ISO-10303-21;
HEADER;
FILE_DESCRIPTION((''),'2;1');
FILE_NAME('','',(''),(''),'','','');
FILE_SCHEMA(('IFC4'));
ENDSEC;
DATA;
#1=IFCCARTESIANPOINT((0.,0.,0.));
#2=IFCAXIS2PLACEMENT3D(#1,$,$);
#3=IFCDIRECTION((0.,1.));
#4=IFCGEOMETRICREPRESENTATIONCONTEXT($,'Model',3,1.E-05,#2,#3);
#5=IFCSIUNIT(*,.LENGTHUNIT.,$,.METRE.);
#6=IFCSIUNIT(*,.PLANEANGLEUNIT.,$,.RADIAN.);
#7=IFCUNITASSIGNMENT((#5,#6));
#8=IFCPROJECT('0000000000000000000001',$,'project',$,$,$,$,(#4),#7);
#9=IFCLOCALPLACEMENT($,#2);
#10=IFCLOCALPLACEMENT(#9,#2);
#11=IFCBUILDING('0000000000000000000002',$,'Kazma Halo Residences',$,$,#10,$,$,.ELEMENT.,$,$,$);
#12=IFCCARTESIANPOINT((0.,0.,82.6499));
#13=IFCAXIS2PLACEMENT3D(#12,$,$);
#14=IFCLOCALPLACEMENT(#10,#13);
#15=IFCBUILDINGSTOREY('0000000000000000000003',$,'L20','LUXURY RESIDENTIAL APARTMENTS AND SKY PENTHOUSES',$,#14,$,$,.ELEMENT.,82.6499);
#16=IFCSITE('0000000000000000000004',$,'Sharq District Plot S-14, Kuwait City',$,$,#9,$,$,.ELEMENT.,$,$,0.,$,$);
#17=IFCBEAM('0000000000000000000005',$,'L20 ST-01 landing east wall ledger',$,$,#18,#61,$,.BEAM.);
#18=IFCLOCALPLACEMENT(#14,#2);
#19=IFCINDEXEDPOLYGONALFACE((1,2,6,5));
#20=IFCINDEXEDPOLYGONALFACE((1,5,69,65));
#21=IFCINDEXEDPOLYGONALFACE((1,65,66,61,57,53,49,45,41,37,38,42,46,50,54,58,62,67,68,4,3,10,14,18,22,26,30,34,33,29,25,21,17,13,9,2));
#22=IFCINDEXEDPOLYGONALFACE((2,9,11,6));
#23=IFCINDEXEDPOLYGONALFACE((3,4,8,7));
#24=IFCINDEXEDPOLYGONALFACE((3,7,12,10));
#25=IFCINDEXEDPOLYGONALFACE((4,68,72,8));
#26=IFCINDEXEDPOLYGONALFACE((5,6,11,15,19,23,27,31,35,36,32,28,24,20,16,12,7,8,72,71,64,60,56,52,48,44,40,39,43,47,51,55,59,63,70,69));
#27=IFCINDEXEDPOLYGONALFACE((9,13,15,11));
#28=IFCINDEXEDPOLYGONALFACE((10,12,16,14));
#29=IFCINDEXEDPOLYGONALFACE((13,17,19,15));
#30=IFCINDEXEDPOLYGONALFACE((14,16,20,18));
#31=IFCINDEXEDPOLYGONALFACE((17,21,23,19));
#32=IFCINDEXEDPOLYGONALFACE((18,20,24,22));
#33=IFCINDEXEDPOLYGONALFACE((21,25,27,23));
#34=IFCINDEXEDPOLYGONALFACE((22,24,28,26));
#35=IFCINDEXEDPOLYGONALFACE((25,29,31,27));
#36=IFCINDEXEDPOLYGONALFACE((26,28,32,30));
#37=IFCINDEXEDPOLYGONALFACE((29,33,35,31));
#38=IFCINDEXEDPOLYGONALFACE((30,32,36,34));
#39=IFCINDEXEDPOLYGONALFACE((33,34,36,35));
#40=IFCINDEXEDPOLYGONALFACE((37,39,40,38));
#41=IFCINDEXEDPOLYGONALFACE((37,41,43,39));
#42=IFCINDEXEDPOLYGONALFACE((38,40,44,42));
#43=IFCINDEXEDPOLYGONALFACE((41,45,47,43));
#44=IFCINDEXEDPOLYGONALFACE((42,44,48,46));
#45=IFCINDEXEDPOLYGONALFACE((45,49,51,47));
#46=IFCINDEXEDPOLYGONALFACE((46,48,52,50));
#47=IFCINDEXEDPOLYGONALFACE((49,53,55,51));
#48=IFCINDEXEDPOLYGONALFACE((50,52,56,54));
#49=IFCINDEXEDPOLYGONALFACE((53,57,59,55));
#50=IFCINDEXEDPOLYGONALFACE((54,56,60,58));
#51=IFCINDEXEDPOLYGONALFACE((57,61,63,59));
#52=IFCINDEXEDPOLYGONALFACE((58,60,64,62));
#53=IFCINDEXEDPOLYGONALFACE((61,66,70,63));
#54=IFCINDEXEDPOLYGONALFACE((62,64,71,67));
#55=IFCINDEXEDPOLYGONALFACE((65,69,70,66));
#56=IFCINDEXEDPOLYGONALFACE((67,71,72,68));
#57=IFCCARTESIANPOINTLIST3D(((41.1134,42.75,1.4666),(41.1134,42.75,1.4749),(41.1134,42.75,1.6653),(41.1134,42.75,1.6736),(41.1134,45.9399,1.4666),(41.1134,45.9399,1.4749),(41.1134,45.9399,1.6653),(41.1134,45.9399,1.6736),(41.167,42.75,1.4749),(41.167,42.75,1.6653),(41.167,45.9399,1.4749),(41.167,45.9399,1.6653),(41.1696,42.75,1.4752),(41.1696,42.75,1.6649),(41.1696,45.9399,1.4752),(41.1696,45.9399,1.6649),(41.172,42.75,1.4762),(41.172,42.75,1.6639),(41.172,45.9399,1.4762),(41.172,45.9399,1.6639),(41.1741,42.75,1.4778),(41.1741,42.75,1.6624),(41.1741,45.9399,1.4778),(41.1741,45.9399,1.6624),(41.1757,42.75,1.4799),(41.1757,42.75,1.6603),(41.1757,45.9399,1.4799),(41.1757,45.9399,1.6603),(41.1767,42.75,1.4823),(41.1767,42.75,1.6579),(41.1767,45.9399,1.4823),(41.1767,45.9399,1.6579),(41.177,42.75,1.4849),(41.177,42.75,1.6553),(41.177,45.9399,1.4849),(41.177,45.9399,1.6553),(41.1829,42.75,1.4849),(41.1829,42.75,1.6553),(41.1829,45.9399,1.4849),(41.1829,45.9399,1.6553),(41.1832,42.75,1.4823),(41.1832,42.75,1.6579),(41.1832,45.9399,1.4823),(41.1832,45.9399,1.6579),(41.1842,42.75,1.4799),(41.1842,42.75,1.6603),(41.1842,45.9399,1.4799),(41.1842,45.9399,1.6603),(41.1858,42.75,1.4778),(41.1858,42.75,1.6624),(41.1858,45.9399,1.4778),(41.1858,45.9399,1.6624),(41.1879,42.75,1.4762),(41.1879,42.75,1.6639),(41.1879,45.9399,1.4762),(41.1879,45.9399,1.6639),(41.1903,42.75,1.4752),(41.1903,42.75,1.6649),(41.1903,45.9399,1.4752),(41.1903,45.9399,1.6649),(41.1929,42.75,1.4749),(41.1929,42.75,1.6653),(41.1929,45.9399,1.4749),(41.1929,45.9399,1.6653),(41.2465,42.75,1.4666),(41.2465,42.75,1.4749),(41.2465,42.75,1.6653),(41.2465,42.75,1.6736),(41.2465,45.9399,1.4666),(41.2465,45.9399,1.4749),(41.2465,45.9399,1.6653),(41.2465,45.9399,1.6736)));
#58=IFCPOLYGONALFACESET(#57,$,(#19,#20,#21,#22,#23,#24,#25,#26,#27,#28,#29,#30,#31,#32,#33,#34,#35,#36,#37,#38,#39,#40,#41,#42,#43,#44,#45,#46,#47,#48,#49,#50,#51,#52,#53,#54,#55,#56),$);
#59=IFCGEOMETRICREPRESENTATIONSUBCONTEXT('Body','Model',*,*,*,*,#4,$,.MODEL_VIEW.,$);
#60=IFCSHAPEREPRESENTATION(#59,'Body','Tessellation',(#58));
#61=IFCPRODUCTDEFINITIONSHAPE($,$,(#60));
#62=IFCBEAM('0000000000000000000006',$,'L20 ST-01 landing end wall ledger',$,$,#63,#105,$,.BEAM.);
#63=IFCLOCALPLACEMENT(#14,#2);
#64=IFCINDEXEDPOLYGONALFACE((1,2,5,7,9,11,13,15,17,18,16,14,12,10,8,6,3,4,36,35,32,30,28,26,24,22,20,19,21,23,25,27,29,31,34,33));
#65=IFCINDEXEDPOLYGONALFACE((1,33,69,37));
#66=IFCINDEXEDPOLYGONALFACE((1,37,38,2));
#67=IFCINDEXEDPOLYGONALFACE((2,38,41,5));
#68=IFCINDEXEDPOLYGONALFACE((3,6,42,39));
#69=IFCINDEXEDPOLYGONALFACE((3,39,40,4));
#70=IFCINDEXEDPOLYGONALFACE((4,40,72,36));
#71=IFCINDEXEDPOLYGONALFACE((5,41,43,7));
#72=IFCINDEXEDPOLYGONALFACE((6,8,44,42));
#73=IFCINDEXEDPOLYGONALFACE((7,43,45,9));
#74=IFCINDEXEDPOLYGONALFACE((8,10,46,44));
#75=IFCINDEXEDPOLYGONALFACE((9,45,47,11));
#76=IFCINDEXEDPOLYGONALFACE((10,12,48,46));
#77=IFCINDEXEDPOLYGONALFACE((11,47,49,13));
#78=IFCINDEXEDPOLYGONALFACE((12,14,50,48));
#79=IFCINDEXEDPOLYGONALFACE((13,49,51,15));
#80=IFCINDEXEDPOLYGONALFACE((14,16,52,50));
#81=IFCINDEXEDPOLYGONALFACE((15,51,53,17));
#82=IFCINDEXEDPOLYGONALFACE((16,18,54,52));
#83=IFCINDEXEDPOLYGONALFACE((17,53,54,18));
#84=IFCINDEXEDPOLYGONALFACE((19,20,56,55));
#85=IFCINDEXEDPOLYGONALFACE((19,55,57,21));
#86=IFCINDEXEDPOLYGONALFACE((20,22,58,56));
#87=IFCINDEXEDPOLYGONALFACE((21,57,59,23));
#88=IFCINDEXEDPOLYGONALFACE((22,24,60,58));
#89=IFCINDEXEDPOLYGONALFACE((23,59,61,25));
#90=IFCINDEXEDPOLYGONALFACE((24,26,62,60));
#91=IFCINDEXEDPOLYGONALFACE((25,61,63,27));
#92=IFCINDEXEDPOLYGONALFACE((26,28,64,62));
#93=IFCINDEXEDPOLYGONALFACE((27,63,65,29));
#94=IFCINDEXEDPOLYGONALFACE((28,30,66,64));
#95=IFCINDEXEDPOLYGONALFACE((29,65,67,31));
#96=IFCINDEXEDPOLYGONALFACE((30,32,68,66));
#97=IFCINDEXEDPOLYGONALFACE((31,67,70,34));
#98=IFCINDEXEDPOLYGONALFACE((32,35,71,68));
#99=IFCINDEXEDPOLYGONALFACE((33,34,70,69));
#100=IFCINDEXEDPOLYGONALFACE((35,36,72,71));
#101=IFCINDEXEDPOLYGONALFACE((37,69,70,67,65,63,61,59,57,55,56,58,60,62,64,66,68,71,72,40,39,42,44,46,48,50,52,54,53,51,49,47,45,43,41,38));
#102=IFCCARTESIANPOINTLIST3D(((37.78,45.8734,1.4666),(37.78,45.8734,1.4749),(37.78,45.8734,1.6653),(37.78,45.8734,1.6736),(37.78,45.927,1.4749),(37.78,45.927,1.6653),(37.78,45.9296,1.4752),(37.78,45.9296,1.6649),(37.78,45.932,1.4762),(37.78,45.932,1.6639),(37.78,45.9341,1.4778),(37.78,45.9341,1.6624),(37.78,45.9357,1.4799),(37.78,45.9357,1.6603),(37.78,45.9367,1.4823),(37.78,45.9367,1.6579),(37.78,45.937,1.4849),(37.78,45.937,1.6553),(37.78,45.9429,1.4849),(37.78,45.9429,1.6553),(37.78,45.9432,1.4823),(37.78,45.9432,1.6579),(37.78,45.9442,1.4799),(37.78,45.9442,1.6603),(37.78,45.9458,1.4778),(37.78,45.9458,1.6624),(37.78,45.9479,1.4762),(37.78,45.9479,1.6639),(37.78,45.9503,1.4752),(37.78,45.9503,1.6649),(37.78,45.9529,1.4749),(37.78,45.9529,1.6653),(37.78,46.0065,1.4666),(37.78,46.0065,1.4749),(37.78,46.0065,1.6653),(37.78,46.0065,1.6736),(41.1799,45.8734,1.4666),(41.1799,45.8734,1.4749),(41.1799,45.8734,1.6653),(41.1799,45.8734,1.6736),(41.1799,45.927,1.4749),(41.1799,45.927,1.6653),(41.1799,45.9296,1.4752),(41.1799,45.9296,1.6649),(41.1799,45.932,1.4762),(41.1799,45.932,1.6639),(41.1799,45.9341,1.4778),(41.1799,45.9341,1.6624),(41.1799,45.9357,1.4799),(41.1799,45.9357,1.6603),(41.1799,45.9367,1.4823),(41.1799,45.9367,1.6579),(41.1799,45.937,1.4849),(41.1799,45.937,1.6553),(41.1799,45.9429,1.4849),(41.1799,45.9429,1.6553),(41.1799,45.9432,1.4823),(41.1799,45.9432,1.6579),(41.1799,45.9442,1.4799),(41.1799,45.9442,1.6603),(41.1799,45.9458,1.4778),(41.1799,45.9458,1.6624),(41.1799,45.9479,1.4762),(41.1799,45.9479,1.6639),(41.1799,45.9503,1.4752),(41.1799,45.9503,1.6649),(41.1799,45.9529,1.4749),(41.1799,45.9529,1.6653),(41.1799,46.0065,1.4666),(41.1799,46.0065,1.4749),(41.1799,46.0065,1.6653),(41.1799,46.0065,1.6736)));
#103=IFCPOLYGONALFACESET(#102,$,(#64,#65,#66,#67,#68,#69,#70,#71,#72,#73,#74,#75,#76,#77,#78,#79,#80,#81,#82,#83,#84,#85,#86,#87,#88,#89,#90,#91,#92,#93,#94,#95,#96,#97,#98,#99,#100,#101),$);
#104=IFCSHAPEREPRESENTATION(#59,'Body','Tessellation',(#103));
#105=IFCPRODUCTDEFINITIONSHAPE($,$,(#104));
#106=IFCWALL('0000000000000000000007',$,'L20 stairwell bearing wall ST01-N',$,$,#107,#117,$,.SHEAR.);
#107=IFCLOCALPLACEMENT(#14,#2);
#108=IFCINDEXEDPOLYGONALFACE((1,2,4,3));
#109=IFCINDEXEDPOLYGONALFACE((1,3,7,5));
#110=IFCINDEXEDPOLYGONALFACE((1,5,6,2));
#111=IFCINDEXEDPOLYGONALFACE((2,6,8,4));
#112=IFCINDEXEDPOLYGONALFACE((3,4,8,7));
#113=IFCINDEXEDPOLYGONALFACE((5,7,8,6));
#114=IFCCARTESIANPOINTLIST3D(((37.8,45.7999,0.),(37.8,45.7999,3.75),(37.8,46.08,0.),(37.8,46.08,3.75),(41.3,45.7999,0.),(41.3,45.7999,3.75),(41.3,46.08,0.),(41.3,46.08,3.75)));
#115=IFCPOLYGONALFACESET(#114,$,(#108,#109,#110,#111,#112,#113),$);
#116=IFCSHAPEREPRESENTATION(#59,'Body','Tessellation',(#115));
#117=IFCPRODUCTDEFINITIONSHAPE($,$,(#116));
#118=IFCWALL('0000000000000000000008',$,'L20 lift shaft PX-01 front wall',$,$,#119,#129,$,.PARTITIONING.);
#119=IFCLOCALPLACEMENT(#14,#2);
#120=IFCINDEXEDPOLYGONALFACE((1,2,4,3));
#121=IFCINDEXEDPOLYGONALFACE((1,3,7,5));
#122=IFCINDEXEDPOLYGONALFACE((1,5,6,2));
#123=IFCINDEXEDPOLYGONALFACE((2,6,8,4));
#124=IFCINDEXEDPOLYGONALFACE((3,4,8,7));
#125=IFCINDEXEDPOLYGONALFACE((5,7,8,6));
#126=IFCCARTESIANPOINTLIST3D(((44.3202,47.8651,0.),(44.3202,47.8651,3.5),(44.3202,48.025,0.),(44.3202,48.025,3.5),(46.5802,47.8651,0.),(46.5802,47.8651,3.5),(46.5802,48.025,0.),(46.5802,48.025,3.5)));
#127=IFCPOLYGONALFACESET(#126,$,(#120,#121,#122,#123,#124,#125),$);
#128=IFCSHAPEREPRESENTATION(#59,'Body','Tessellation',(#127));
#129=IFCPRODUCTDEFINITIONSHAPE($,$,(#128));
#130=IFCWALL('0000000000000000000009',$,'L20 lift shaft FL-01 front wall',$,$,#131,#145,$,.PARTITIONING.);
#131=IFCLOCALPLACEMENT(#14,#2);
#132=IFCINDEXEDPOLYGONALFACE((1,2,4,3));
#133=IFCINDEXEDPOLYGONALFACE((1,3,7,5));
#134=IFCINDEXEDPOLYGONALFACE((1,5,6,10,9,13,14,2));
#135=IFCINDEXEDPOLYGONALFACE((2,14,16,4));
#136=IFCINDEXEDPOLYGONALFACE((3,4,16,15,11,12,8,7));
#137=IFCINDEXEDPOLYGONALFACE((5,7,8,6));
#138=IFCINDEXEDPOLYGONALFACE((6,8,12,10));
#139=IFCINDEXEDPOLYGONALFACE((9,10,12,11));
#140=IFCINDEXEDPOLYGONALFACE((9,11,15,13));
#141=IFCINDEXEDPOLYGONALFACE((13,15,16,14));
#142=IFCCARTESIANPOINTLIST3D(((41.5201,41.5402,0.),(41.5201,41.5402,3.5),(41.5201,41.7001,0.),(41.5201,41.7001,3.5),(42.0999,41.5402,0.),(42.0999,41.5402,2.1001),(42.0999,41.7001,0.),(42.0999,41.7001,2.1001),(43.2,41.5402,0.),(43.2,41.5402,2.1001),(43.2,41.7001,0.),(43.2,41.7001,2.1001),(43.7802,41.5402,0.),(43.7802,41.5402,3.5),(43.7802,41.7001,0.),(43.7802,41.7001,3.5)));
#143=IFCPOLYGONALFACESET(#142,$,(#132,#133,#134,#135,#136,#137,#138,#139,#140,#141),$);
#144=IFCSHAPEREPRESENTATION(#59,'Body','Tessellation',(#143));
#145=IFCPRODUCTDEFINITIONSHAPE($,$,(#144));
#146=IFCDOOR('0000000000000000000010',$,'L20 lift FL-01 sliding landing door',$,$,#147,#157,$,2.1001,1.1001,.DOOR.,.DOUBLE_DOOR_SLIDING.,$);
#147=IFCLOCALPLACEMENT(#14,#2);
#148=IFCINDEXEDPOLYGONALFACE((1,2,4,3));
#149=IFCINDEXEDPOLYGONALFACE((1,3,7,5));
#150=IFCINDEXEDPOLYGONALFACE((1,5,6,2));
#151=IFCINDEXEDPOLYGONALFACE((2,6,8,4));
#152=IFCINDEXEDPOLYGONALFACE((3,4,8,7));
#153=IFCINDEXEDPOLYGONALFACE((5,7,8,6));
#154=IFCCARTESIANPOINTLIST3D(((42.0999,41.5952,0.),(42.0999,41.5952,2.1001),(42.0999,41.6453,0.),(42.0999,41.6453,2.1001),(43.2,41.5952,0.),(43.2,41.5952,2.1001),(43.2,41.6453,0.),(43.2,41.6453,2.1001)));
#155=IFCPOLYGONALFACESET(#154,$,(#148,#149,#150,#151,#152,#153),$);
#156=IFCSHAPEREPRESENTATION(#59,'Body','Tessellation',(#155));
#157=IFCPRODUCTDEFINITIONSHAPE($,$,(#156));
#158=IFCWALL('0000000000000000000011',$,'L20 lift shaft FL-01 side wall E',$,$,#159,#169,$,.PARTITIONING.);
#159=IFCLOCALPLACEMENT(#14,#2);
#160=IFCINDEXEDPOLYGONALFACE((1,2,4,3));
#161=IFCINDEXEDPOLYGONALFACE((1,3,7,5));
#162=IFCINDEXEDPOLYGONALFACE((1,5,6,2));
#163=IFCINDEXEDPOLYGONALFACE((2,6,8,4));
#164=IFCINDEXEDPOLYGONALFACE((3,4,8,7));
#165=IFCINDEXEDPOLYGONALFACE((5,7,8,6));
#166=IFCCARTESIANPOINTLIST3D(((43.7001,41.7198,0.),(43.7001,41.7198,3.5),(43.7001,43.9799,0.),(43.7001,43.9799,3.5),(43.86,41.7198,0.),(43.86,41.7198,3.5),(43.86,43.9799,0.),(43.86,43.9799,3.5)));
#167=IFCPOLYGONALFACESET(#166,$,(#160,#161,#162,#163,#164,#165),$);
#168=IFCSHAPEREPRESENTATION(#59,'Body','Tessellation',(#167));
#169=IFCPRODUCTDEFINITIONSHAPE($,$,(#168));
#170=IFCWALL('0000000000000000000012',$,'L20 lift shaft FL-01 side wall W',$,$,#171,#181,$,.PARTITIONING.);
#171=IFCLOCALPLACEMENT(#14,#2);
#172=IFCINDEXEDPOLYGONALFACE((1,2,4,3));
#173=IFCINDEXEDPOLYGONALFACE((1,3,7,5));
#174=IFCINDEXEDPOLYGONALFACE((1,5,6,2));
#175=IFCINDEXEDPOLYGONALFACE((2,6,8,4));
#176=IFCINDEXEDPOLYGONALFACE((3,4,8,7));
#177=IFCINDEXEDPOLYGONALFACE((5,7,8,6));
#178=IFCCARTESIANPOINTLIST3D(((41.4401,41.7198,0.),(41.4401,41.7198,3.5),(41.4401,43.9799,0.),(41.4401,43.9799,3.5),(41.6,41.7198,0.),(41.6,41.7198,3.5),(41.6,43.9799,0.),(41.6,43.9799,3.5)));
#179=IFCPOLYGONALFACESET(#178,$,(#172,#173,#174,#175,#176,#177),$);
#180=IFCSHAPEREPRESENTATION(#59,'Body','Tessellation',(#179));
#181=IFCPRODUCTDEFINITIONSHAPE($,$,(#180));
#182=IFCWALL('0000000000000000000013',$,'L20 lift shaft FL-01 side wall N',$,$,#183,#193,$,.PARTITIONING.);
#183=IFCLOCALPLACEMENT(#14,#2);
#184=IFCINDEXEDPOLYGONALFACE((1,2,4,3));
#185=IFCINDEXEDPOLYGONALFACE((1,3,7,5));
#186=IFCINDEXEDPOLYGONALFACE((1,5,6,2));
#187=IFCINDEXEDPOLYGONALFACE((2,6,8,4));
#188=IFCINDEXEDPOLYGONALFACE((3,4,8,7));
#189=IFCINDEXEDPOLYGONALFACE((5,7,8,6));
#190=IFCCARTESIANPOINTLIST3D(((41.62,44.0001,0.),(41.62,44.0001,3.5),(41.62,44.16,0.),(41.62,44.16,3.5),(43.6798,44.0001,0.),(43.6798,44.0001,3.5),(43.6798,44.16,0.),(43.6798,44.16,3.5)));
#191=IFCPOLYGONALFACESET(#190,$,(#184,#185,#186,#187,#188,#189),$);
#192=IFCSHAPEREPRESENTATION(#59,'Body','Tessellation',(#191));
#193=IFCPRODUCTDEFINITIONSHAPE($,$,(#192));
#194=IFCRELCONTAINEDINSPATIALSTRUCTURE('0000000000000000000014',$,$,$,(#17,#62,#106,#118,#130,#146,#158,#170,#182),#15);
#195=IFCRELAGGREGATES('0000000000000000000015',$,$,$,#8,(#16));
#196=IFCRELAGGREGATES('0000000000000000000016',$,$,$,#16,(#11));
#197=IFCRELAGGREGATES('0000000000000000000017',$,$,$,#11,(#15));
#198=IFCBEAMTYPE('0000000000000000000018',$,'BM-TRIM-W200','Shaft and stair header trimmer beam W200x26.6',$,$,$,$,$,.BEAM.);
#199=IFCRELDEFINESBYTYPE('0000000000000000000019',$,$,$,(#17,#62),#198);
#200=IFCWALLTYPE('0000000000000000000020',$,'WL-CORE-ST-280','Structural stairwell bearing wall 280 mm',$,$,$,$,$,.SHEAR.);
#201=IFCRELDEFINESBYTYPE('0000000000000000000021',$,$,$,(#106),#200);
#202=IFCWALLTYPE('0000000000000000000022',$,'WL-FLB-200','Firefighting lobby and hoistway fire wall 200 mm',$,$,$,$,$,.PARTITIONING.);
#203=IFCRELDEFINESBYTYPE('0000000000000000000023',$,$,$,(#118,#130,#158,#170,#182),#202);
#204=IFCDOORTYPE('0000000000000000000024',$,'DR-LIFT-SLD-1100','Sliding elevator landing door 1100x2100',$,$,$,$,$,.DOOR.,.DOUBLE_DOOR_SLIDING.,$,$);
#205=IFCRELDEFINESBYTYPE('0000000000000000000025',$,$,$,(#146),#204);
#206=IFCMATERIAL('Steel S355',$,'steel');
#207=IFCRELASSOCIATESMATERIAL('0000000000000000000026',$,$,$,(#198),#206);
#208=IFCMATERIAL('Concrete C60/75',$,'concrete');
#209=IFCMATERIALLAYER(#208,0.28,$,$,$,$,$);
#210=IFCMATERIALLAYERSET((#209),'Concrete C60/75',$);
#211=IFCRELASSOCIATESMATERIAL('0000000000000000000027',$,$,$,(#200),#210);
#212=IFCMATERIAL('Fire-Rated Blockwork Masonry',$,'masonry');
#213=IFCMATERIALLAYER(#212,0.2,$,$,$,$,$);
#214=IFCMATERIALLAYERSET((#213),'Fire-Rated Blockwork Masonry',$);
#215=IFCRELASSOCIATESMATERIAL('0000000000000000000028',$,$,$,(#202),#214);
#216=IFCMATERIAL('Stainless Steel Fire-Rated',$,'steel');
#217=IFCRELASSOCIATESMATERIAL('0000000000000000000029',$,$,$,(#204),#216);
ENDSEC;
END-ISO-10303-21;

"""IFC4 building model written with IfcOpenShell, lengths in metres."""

from ifc_helpers import new_model, si_unit, direction, frame, frame_2d, origin, origin_2d, place, context, subcontext, project, spatial, rectangle, i_section, extrude, material, layer, layer_set, material_profile, profile_set, type_object, element, fill, save


model = new_model("IFC4")

# Units and contexts
model_context = context("Model", 3, precision=1e-05, world=origin(), true_north=direction((0.0, 1.0)))
body_context = subcontext(model_context, "Body", "Model", "MODEL_VIEW")
ifc_project = project(units=[si_unit("LENGTHUNIT", "METRE"), si_unit("PLANEANGLEUNIT", "RADIAN")], contexts=[model_context])

# Site, building, storey
site_placement = place(None, origin())
site = spatial("IfcSite", under=ifc_project, at=site_placement, Name="Sharq District Plot S-14, Kuwait City", CompositionType="ELEMENT", RefElevation=0.0)
building_placement = place(site_placement, origin())
building = spatial("IfcBuilding", under=site, at=building_placement, Name="Kazma Halo Residences", CompositionType="ELEMENT")
storey_placement = place(building_placement, frame((0.0, 0.0, 82.6499)))
storey = spatial("IfcBuildingStorey", under=building, at=storey_placement, Name="L20", Description="LUXURY RESIDENTIAL APARTMENTS AND SKY PENTHOUSES", CompositionType="ELEMENT", Elevation=82.6499)

# Shared definitions
ifc_material_1 = material(Name="Steel S355", Category="steel")

# Beams
ifc_material_profile_1 = material_profile(ifc_material_1, i_section(OverallWidth=0.1331, OverallDepth=0.207, WebThickness=0.0059, FlangeThickness=0.0083, FilletRadius=0.01, at=origin_2d()), Name="W200x26.6")
ifc_profile_set_1 = profile_set([ifc_material_profile_1], Name="Steel S355")
beam_type_1 = type_object("IfcBeamType", Name="BM-TRIM-W200", Description="Shaft and stair header trimmer beam W200x26.6", PredefinedType="BEAM", material=ifc_profile_set_1)
beam_1_placement = place(storey_placement, frame((41.1799, 42.75, 1.5701), z_axis=(0.0, 1.0, 0.0), x_axis=(-1.0, 0.0, 0.0)))
element("IfcBeam", 1, at=beam_1_placement, inside=storey, type_object=beam_type_1, Name="L20 ST-01 landing east wall ledger", PredefinedType="BEAM", context=body_context, shape_type="SweptSolid", body=[
    extrude(i_section(OverallWidth=0.1331, OverallDepth=0.207, WebThickness=0.0059, FlangeThickness=0.0083, FilletRadius=0.01, at=origin_2d()), origin(), (0.0, 0.0, 1.0), 3.1899),
])
beam_2_placement = place(storey_placement, frame((37.78, 45.9399, 1.5701), z_axis=(1.0, 0.0, 0.0), x_axis=(0.0, 1.0, 0.0)))
element("IfcBeam", 2, at=beam_2_placement, inside=storey, type_object=beam_type_1, Name="L20 ST-01 landing end wall ledger", PredefinedType="BEAM", context=body_context, shape_type="SweptSolid", body=[
    extrude(i_section(OverallWidth=0.1331, OverallDepth=0.207, WebThickness=0.0059, FlangeThickness=0.0083, FilletRadius=0.01, at=origin_2d()), origin(), (0.0, 0.0, 1.0), 3.3999),
])

# Walls
ifc_material_2 = material(Name="Concrete C60/75", Category="concrete")
ifc_layer_1 = layer(ifc_material_2, 0.28)
ifc_layer_set_1 = layer_set([ifc_layer_1], Name="Concrete C60/75")
wall_type_1 = type_object("IfcWallType", Name="WL-CORE-ST-280", Description="Structural stairwell bearing wall 280 mm", PredefinedType="SHEAR", material=ifc_layer_set_1)
wall_1_placement = place(storey_placement, frame((37.8, 45.9399, 0.0), z_axis=(0.0, 0.0, 1.0), x_axis=(1.0, 0.0, 0.0)))
element("IfcWall", 3, at=wall_1_placement, inside=storey, type_object=wall_type_1, Name="L20 stairwell bearing wall ST01-N", PredefinedType="SHEAR", context=body_context, shape_type="SweptSolid", body=[
    extrude(rectangle(XDim=3.5, YDim=0.28, at=frame_2d((1.75, 0.0))), origin(), (0.0, 0.0, 1.0), 3.75),
])
ifc_material_3 = material(Name="Fire-Rated Blockwork Masonry", Category="masonry")
ifc_layer_2 = layer(ifc_material_3, 0.2)
ifc_layer_set_2 = layer_set([ifc_layer_2], Name="Fire-Rated Blockwork Masonry")
wall_type_2 = type_object("IfcWallType", Name="WL-FLB-200", Description="Firefighting lobby and hoistway fire wall 200 mm", PredefinedType="PARTITIONING", material=ifc_layer_set_2)
wall_2_placement = place(storey_placement, frame((46.5801, 47.9451, 0.0), z_axis=(0.0, 0.0, 1.0), x_axis=(-1.0, 0.0, 0.0)))
element("IfcWall", 4, at=wall_2_placement, inside=storey, type_object=wall_type_2, Name="L20 lift shaft PX-01 front wall", PredefinedType="PARTITIONING", context=body_context, shape_type="SweptSolid", body=[
    extrude(rectangle(XDim=2.26, YDim=0.1599, at=frame_2d((1.1299, 0.0))), origin(), (0.0, 0.0, 1.0), 3.5),
])

# Wall, opening, door
wall_3_placement = place(storey_placement, frame((43.78, 41.6201, 0.0), z_axis=(0.0, 0.0, 1.0), x_axis=(-1.0, 0.0, 0.0)))
wall_3 = element("IfcWall", 5, at=wall_3_placement, inside=storey, type_object=wall_type_2, Name="L20 lift shaft FL-01 front wall", PredefinedType="PARTITIONING", context=body_context, shape_type="SweptSolid", body=[
    extrude(rectangle(XDim=2.26, YDim=0.1599, at=frame_2d((1.1299, 0.0))), origin(), (0.0, 0.0, 1.0), 3.5),
])
opening_1_placement = place(wall_3_placement, frame((0.5801, 0.0, 0.0)))
opening_1 = element("IfcOpeningElement", 6, at=opening_1_placement, cuts=wall_3, PredefinedType="OPENING", context=body_context, shape_type="SweptSolid", body=[
    extrude(rectangle(XDim=1.1001, YDim=2.1001, at=frame_2d((0.55, 1.05))), frame((0.0, 0.0898, 0.0), z_axis=(0.0, -1.0, 0.0), x_axis=(1.0, 0.0, 0.0)), (0.0, 0.0, 1.0), 0.1799),
])
ifc_material_4 = material(Name="Stainless Steel Fire-Rated", Category="steel")
door_type_1 = type_object("IfcDoorType", Name="DR-LIFT-SLD-1100", Description="Sliding elevator landing door 1100x2100", OperationType="DOUBLE_DOOR_SLIDING", PredefinedType="DOOR", material=ifc_material_4)
door_1_placement = place(opening_1_placement, origin())
door_1 = element("IfcDoor", 7, at=door_1_placement, inside=storey, type_object=door_type_1, Name="L20 lift FL-01 sliding landing door", OperationType="DOUBLE_DOOR_SLIDING", OverallHeight=2.1001, OverallWidth=1.1001, PredefinedType="DOOR", context=body_context, shape_type="SweptSolid", body=[
    extrude(rectangle(XDim=1.1001, YDim=2.1001, at=frame_2d((0.55, 1.05))), frame((0.0, 0.0249, 0.0), z_axis=(0.0, -1.0, 0.0), x_axis=(1.0, 0.0, 0.0)), (0.0, 0.0, 1.0), 0.05),
])
fill(opening_1, door_1)

# Walls
for number, where, z_axis, x_axis, name in (
    (8, (43.78, 41.72, 0.0), (0.0, 0.0, 1.0), (0.0, 1.0, 0.0), "L20 lift shaft FL-01 side wall E"),
    (9, (41.52, 41.72, 0.0), (0.0, 0.0, 1.0), (0.0, 1.0, 0.0), "L20 lift shaft FL-01 side wall W"),
):
    element("IfcWall", number, at=place(storey_placement, frame(where, z_axis=z_axis, x_axis=x_axis)), inside=storey, type_object=wall_type_2, Name=name, PredefinedType="PARTITIONING", context=body_context, shape_type="SweptSolid", body=[
        extrude(rectangle(XDim=2.26, YDim=0.1599, at=frame_2d((1.1299, 0.0))), origin(), (0.0, 0.0, 1.0), 3.5),
    ])
wall_4_placement = place(storey_placement, frame((41.6201, 44.0801, 0.0), z_axis=(0.0, 0.0, 1.0), x_axis=(1.0, 0.0, 0.0)))
element("IfcWall", 10, at=wall_4_placement, inside=storey, type_object=wall_type_2, Name="L20 lift shaft FL-01 side wall N", PredefinedType="PARTITIONING", context=body_context, shape_type="SweptSolid", body=[
    extrude(rectangle(XDim=2.0598, YDim=0.1599, at=frame_2d((1.0298, 0.0))), origin(), (0.0, 0.0, 1.0), 3.5),
])

save(model, "model.ifc")
